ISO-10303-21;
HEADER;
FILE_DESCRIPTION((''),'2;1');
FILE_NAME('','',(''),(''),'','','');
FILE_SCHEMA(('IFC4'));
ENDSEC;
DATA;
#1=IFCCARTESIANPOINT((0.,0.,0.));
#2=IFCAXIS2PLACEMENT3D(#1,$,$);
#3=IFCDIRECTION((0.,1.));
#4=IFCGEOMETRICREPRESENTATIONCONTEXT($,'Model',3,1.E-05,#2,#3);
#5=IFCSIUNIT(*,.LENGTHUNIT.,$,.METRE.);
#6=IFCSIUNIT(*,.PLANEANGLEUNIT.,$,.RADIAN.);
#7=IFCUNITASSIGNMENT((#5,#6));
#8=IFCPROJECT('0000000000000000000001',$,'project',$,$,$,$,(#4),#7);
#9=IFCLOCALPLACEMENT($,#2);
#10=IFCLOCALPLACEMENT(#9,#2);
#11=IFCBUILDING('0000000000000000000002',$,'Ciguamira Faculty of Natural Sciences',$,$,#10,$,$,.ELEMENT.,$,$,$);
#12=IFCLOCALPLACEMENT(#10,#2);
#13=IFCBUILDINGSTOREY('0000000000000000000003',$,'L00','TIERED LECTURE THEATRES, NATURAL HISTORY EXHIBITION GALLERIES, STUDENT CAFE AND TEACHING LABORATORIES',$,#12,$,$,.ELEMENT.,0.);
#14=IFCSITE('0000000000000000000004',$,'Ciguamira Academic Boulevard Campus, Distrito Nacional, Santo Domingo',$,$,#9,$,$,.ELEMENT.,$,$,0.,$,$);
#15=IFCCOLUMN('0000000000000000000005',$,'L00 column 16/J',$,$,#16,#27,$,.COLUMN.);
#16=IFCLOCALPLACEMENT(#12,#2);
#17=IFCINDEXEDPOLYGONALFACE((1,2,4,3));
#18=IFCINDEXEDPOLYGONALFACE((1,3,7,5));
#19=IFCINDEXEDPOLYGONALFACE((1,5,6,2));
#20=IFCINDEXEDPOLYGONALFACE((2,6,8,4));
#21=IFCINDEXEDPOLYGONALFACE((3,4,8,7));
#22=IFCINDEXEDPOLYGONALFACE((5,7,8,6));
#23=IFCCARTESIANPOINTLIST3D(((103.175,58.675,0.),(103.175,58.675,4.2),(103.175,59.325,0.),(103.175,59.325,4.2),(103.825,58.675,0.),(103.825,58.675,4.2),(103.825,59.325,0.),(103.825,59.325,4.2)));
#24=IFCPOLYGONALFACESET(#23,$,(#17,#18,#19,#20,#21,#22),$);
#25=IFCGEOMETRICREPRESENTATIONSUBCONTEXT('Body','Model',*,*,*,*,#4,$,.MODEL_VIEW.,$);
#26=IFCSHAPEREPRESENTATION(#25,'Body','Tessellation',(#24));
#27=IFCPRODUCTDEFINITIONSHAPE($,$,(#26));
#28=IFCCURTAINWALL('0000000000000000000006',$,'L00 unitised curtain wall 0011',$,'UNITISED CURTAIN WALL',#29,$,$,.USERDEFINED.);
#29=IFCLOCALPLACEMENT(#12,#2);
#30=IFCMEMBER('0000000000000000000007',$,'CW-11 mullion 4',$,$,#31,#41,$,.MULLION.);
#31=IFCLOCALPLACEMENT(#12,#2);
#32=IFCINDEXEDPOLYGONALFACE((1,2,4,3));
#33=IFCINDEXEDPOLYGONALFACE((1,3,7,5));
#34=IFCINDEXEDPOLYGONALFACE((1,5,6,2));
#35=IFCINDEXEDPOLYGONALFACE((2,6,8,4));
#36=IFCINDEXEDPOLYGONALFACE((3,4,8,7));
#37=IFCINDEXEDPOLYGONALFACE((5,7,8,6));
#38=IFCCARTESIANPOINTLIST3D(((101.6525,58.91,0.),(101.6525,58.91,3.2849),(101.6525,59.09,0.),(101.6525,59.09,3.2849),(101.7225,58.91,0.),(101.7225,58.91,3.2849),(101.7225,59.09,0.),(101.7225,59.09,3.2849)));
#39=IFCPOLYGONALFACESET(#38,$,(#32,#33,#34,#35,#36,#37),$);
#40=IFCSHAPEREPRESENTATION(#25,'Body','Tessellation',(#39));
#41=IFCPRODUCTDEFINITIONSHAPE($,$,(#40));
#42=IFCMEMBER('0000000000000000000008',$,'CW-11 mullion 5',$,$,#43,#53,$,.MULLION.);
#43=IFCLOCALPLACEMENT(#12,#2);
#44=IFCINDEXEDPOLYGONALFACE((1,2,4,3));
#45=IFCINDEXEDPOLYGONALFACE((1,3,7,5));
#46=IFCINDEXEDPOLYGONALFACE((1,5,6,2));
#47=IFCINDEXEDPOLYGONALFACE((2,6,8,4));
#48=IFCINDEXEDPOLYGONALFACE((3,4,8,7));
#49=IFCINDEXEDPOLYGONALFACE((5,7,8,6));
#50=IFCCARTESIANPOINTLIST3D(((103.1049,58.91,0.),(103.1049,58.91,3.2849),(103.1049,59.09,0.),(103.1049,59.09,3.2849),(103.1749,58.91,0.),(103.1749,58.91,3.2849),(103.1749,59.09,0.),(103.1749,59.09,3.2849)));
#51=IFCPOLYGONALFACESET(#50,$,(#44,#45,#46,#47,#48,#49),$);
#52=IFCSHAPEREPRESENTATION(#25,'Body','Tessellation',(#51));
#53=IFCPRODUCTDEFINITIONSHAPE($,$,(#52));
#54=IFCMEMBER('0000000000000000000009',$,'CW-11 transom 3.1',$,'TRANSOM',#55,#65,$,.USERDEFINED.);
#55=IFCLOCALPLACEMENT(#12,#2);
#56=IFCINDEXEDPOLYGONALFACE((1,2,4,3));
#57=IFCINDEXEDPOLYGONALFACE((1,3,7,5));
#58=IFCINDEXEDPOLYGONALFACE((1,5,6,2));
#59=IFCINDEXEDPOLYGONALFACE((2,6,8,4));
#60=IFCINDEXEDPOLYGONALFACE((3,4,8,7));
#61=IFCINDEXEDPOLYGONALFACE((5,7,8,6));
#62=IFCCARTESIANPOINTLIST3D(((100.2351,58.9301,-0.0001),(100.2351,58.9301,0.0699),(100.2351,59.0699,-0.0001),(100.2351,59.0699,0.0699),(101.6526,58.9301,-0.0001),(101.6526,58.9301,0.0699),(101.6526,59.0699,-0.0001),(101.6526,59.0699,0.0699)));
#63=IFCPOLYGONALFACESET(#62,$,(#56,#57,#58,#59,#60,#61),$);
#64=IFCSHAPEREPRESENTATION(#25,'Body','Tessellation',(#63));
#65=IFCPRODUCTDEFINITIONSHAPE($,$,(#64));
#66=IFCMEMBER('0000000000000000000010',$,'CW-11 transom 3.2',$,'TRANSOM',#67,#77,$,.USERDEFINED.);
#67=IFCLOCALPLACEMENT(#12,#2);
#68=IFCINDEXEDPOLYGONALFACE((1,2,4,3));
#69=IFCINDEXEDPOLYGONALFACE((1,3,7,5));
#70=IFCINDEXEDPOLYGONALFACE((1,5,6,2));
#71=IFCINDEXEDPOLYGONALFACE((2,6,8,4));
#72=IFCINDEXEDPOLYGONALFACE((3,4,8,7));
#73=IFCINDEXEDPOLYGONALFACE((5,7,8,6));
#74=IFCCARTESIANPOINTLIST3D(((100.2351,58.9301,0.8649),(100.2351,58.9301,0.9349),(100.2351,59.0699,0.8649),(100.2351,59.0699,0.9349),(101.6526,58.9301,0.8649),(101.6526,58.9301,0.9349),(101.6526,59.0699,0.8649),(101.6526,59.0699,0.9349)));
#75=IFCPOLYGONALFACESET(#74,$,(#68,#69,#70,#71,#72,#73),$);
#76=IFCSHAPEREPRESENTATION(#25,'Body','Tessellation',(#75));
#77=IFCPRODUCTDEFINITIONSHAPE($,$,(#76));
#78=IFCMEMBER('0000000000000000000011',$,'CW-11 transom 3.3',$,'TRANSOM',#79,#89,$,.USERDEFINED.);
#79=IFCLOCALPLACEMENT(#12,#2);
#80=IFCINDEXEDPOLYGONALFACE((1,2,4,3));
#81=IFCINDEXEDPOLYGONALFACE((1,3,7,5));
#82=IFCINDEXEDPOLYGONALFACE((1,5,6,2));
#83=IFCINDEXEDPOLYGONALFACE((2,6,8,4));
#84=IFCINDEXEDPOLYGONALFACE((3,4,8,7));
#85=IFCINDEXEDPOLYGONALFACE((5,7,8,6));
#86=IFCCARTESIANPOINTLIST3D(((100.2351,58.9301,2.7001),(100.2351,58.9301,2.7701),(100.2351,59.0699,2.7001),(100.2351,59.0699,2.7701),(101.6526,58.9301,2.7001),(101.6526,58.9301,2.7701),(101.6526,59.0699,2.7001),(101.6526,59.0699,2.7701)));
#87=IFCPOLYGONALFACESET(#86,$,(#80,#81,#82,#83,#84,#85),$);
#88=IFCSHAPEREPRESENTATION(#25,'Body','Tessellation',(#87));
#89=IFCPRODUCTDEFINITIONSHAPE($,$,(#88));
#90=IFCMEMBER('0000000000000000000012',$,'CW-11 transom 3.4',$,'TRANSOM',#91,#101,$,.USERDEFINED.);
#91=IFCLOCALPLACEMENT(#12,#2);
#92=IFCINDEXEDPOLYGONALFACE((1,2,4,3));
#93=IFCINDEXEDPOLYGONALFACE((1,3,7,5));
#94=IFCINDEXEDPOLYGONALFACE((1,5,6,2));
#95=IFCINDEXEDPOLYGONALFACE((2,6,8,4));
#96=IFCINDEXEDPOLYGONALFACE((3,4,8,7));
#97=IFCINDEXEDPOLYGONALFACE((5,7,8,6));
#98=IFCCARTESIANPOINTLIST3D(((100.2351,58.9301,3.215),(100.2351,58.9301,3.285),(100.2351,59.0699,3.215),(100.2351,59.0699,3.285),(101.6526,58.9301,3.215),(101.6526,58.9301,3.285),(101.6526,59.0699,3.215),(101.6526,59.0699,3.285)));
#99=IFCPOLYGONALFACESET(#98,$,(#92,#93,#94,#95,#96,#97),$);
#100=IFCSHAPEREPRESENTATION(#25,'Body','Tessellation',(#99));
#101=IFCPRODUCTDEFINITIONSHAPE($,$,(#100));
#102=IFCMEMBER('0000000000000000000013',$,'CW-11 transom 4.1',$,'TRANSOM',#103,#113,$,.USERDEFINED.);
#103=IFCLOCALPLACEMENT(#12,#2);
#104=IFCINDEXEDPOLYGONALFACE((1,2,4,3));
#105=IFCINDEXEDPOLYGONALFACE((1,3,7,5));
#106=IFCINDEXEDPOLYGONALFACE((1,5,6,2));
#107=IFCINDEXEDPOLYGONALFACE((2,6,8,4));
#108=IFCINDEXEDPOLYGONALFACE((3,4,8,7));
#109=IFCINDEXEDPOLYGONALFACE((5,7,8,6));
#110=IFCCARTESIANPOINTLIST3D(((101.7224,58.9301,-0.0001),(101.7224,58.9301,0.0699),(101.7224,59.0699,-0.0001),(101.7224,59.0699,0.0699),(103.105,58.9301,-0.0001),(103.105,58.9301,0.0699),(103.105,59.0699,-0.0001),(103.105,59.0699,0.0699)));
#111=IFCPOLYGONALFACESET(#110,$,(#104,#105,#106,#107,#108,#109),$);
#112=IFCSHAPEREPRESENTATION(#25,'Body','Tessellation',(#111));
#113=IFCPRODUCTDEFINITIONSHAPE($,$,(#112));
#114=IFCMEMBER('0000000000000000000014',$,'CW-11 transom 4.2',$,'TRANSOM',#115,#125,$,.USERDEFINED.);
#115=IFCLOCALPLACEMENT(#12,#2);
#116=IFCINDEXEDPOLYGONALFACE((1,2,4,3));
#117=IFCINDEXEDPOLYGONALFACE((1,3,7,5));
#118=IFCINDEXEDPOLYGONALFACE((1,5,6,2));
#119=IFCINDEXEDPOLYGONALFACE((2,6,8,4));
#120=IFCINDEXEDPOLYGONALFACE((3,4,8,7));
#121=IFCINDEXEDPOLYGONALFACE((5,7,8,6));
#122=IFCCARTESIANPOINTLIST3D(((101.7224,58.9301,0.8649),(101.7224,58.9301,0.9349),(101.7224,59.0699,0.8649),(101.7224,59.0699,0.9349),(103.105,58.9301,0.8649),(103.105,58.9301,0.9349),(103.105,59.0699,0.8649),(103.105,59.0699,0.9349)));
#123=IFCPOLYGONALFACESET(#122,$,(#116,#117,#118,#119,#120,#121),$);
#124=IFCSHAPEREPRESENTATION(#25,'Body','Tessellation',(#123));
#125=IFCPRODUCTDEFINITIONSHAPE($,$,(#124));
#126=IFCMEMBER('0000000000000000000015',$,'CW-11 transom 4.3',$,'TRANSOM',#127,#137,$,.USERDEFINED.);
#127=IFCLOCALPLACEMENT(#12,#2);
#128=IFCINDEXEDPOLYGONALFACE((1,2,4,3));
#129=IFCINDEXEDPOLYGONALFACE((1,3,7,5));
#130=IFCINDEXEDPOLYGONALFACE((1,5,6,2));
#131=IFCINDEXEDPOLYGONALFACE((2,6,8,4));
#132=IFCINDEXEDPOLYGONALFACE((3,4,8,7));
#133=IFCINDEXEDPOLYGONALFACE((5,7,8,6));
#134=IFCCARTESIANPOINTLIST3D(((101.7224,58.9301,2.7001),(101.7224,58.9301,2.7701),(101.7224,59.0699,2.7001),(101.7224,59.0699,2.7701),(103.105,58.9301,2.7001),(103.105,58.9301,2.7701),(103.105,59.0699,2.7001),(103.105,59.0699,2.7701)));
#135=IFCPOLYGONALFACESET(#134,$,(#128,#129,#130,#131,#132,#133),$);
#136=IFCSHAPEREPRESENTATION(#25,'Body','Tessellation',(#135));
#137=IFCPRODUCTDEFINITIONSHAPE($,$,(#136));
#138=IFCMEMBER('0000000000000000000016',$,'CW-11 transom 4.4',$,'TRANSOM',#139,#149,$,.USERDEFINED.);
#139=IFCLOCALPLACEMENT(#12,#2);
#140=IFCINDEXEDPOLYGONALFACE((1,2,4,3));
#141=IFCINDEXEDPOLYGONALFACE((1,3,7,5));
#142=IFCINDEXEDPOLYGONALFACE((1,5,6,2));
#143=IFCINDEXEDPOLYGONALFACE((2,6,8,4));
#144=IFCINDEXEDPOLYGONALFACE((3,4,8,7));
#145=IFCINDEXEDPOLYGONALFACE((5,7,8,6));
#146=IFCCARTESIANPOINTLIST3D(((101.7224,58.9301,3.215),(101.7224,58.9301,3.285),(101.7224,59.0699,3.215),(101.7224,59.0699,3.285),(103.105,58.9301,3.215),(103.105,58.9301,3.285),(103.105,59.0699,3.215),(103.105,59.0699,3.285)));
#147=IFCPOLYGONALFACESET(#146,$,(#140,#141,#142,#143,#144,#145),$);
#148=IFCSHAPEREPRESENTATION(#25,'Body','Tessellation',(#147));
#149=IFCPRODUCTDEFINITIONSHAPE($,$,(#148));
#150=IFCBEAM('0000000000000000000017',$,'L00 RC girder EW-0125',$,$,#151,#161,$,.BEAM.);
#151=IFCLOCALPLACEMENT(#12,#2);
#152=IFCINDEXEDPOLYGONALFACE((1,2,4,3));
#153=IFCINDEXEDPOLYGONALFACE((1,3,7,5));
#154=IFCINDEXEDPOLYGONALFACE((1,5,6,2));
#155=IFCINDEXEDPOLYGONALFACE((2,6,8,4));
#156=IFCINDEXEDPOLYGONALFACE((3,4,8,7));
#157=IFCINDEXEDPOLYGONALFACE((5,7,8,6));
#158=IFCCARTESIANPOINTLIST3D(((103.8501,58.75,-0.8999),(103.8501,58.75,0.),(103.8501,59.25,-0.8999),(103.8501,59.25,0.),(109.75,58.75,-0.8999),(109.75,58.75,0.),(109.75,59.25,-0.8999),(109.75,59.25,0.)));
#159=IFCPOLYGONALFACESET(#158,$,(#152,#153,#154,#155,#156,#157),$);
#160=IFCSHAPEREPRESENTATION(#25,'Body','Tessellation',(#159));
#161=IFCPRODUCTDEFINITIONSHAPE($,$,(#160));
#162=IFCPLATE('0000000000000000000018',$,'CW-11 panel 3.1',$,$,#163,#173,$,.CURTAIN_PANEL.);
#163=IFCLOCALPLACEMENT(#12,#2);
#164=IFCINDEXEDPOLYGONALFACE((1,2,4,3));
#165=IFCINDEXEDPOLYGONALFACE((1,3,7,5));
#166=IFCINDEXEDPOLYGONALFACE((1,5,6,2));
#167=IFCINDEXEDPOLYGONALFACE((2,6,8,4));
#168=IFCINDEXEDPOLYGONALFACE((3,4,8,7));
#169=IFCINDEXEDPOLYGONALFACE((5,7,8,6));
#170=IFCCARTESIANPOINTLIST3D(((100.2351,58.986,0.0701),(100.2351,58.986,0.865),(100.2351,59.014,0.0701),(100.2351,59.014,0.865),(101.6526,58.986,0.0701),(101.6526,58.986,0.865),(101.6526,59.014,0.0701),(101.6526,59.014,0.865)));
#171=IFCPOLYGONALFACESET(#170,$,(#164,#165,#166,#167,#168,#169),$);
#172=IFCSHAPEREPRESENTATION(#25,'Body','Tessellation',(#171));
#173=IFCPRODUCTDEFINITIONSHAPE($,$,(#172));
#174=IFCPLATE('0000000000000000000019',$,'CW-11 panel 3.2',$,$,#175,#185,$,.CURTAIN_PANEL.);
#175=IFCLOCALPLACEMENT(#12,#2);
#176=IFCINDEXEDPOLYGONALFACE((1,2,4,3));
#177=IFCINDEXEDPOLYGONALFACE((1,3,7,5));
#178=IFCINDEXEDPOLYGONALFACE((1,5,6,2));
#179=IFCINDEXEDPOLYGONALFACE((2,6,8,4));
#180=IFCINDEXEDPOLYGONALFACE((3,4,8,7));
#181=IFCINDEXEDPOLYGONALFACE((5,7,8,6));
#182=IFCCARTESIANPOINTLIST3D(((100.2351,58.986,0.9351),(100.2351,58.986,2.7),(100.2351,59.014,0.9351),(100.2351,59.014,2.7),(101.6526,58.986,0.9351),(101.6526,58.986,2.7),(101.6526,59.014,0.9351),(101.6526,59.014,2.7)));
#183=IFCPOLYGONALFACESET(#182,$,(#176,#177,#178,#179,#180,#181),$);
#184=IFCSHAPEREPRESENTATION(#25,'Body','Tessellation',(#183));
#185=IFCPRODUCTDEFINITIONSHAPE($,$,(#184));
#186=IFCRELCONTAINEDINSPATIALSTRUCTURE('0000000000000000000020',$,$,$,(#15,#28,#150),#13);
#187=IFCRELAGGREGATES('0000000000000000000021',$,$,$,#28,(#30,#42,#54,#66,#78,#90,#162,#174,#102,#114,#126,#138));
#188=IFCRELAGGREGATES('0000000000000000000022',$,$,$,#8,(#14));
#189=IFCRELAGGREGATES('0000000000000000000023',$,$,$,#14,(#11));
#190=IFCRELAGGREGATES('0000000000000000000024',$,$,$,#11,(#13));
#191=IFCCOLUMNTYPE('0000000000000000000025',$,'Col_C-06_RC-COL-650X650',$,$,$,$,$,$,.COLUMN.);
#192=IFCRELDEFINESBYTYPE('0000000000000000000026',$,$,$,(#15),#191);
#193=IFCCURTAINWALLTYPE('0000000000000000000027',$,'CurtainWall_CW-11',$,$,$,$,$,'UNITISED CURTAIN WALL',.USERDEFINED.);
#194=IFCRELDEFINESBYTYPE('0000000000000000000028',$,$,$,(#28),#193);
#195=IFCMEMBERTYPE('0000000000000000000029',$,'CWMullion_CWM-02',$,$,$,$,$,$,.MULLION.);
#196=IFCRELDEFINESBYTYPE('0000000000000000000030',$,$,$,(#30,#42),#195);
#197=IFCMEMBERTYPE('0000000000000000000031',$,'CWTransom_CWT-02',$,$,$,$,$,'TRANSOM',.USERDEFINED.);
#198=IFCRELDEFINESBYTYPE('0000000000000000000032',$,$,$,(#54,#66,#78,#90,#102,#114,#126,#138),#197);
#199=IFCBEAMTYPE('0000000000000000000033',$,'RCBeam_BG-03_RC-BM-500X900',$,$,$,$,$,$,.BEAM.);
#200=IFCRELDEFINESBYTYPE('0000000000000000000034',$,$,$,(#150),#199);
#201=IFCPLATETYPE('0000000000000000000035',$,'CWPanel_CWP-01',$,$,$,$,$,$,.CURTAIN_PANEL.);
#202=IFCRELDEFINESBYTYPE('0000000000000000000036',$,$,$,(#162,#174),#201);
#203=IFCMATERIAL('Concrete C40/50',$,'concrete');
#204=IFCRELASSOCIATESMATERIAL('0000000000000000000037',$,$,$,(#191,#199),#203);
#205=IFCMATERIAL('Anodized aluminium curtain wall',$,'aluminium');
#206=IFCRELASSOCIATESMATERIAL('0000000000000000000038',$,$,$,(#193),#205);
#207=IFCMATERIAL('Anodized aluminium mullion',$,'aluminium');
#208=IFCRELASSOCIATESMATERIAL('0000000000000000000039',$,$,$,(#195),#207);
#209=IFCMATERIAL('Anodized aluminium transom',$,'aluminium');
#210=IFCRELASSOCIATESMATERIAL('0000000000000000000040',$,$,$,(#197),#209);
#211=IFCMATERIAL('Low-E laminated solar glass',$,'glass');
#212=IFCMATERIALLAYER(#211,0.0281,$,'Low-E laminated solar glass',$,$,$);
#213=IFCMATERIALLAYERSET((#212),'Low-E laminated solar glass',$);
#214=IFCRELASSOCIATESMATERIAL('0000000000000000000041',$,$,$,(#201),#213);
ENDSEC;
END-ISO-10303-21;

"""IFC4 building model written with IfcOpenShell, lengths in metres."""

from ifc_helpers import new_model, si_unit, direction, frame, origin, origin_2d, place, context, subcontext, project, spatial, rectangle, extrude, material, layer, layer_set, material_profile, profile_set, type_object, element, aggregate, save


model = new_model("IFC4")

# Units and contexts
model_context = context("Model", 3, precision=1e-05, world=origin(), true_north=direction((0.0, 1.0)))
body_context = subcontext(model_context, "Body", "Model", "MODEL_VIEW")
ifc_project = project(units=[si_unit("LENGTHUNIT", "METRE"), si_unit("PLANEANGLEUNIT", "RADIAN")], contexts=[model_context])

# Site, building, storey
site_placement = place(None, origin())
site = spatial("IfcSite", under=ifc_project, at=site_placement, Name="Ciguamira Academic Boulevard Campus, Distrito Nacional, Santo Domingo", CompositionType="ELEMENT", RefElevation=0.0)
building_placement = place(site_placement, origin())
building = spatial("IfcBuilding", under=site, at=building_placement, Name="Ciguamira Faculty of Natural Sciences", CompositionType="ELEMENT")
storey_placement = place(building_placement, origin())
storey = spatial("IfcBuildingStorey", under=building, at=storey_placement, Name="L00", Description="TIERED LECTURE THEATRES, NATURAL HISTORY EXHIBITION GALLERIES, STUDENT CAFE AND TEACHING LABORATORIES", CompositionType="ELEMENT", Elevation=0.0)

# Column
ifc_material_1 = material(Name="Concrete C40/50", Category="concrete")
ifc_material_profile_1 = material_profile(ifc_material_1, rectangle(XDim=0.6499, YDim=0.6499, at=origin_2d()), Name="RC-COL-650X650")
ifc_profile_set_1 = profile_set([ifc_material_profile_1], Name="Concrete C40/50")
column_type = type_object("IfcColumnType", Name="Col_C-06_RC-COL-650X650", PredefinedType="COLUMN", material=ifc_profile_set_1)
column_placement = place(storey_placement, frame((103.5, 59.0, 0.0), z_axis=(0.0, 0.0, 1.0), x_axis=(1.0, 0.0, 0.0)))
element("IfcColumn", 1, at=column_placement, inside=storey, type_object=column_type, Name="L00 column 16/J", PredefinedType="COLUMN", context=body_context, shape_type="SweptSolid", body=[
    extrude(rectangle(XDim=0.6499, YDim=0.6499, at=origin_2d()), origin(), (0.0, 0.0, 1.0), 4.2),
])

# Curtain wall, members
ifc_material_2 = material(Name="Anodized aluminium curtain wall", Category="aluminium")
curtain_wall_type = type_object("IfcCurtainWallType", Name="CurtainWall_CW-11", ElementType="UNITISED CURTAIN WALL", PredefinedType="USERDEFINED", material=ifc_material_2)
curtain_wall_placement = place(storey_placement, origin())
curtain_wall = element("IfcCurtainWall", 2, at=curtain_wall_placement, inside=storey, type_object=curtain_wall_type, Name="L00 unitised curtain wall 0011", ObjectType="UNITISED CURTAIN WALL", PredefinedType="USERDEFINED")
ifc_material_3 = material(Name="Anodized aluminium mullion", Category="aluminium")
ifc_material_profile_2 = material_profile(ifc_material_3, rectangle(XDim=0.0701, YDim=0.1799, at=origin_2d()), Name="ALU-MUL-70X180")
ifc_profile_set_2 = profile_set([ifc_material_profile_2], Name="Anodized aluminium mullion")
member_type_1 = type_object("IfcMemberType", Name="CWMullion_CWM-02", PredefinedType="MULLION", material=ifc_profile_set_2)
member_1_placement = place(storey_placement, frame((101.6875, 59.0, 0.0), z_axis=(0.0, 0.0, 1.0), x_axis=(1.0, 0.0, 0.0)))
member_1 = element("IfcMember", 3, at=member_1_placement, type_object=member_type_1, Name="CW-11 mullion 4", PredefinedType="MULLION", context=body_context, shape_type="SweptSolid", body=[
    extrude(rectangle(XDim=0.0701, YDim=0.1799, at=origin_2d()), origin(), (0.0, 0.0, 1.0), 3.2849),
])
member_2_placement = place(storey_placement, frame((103.1399, 59.0, 0.0), z_axis=(0.0, 0.0, 1.0), x_axis=(1.0, 0.0, 0.0)))
member_2 = element("IfcMember", 4, at=member_2_placement, type_object=member_type_1, Name="CW-11 mullion 5", PredefinedType="MULLION", context=body_context, shape_type="SweptSolid", body=[
    extrude(rectangle(XDim=0.0701, YDim=0.1799, at=origin_2d()), origin(), (0.0, 0.0, 1.0), 3.2849),
])
ifc_material_4 = material(Name="Anodized aluminium transom", Category="aluminium")
ifc_material_profile_3 = material_profile(ifc_material_4, rectangle(XDim=0.0701, YDim=0.1399, at=origin_2d()), Name="ALU-TRN-70X140")
ifc_profile_set_3 = profile_set([ifc_material_profile_3], Name="Anodized aluminium transom")
member_type_2 = type_object("IfcMemberType", Name="CWTransom_CWT-02", ElementType="TRANSOM", PredefinedType="USERDEFINED", material=ifc_profile_set_3)
member_3_placement = place(storey_placement, frame((100.2351, 59.0, 0.0349), z_axis=(1.0, 0.0, 0.0), x_axis=(0.0, 0.0, 1.0)))
member_3 = element("IfcMember", 5, at=member_3_placement, type_object=member_type_2, Name="CW-11 transom 3.1", ObjectType="TRANSOM", PredefinedType="USERDEFINED", context=body_context, shape_type="SweptSolid", body=[
    extrude(rectangle(XDim=0.0701, YDim=0.1399, at=origin_2d()), origin(), (0.0, 0.0, 1.0), 1.4175),
])
member_4_placement = place(storey_placement, frame((100.2351, 59.0, 0.8999), z_axis=(1.0, 0.0, 0.0), x_axis=(0.0, 0.0, 1.0)))
member_4 = element("IfcMember", 6, at=member_4_placement, type_object=member_type_2, Name="CW-11 transom 3.2", ObjectType="TRANSOM", PredefinedType="USERDEFINED", context=body_context, shape_type="SweptSolid", body=[
    extrude(rectangle(XDim=0.0701, YDim=0.1399, at=origin_2d()), origin(), (0.0, 0.0, 1.0), 1.4175),
])
member_5_placement = place(storey_placement, frame((100.2351, 59.0, 2.7351), z_axis=(1.0, 0.0, 0.0), x_axis=(0.0, 0.0, 1.0)))
member_5 = element("IfcMember", 7, at=member_5_placement, type_object=member_type_2, Name="CW-11 transom 3.3", ObjectType="TRANSOM", PredefinedType="USERDEFINED", context=body_context, shape_type="SweptSolid", body=[
    extrude(rectangle(XDim=0.0701, YDim=0.1399, at=origin_2d()), origin(), (0.0, 0.0, 1.0), 1.4175),
])
member_6_placement = place(storey_placement, frame((100.2351, 59.0, 3.25), z_axis=(1.0, 0.0, 0.0), x_axis=(0.0, 0.0, 1.0)))
member_6 = element("IfcMember", 8, at=member_6_placement, type_object=member_type_2, Name="CW-11 transom 3.4", ObjectType="TRANSOM", PredefinedType="USERDEFINED", context=body_context, shape_type="SweptSolid", body=[
    extrude(rectangle(XDim=0.0701, YDim=0.1399, at=origin_2d()), origin(), (0.0, 0.0, 1.0), 1.4175),
])
member_7_placement = place(storey_placement, frame((101.7224, 59.0, 0.0349), z_axis=(1.0, 0.0, 0.0), x_axis=(0.0, 0.0, 1.0)))
member_7 = element("IfcMember", 9, at=member_7_placement, type_object=member_type_2, Name="CW-11 transom 4.1", ObjectType="TRANSOM", PredefinedType="USERDEFINED", context=body_context, shape_type="SweptSolid", body=[
    extrude(rectangle(XDim=0.0701, YDim=0.1399, at=origin_2d()), origin(), (0.0, 0.0, 1.0), 1.3826),
])
member_8_placement = place(storey_placement, frame((101.7224, 59.0, 0.8999), z_axis=(1.0, 0.0, 0.0), x_axis=(0.0, 0.0, 1.0)))
member_8 = element("IfcMember", 10, at=member_8_placement, type_object=member_type_2, Name="CW-11 transom 4.2", ObjectType="TRANSOM", PredefinedType="USERDEFINED", context=body_context, shape_type="SweptSolid", body=[
    extrude(rectangle(XDim=0.0701, YDim=0.1399, at=origin_2d()), origin(), (0.0, 0.0, 1.0), 1.3826),
])
member_9_placement = place(storey_placement, frame((101.7224, 59.0, 2.7351), z_axis=(1.0, 0.0, 0.0), x_axis=(0.0, 0.0, 1.0)))
member_9 = element("IfcMember", 11, at=member_9_placement, type_object=member_type_2, Name="CW-11 transom 4.3", ObjectType="TRANSOM", PredefinedType="USERDEFINED", context=body_context, shape_type="SweptSolid", body=[
    extrude(rectangle(XDim=0.0701, YDim=0.1399, at=origin_2d()), origin(), (0.0, 0.0, 1.0), 1.3826),
])
member_10_placement = place(storey_placement, frame((101.7224, 59.0, 3.25), z_axis=(1.0, 0.0, 0.0), x_axis=(0.0, 0.0, 1.0)))
member_10 = element("IfcMember", 12, at=member_10_placement, type_object=member_type_2, Name="CW-11 transom 4.4", ObjectType="TRANSOM", PredefinedType="USERDEFINED", context=body_context, shape_type="SweptSolid", body=[
    extrude(rectangle(XDim=0.0701, YDim=0.1399, at=origin_2d()), origin(), (0.0, 0.0, 1.0), 1.3826),
])

# Beam
ifc_material_profile_4 = material_profile(ifc_material_1, rectangle(XDim=0.5, YDim=0.8999, at=origin_2d()), Name="RC-BM-500X900")
ifc_profile_set_4 = profile_set([ifc_material_profile_4], Name="Concrete C40/50")
beam_type = type_object("IfcBeamType", Name="RCBeam_BG-03_RC-BM-500X900", PredefinedType="BEAM", material=ifc_profile_set_4)
beam_placement = place(storey_placement, frame((103.8501, 59.0, -0.45), z_axis=(1.0, 0.0, 0.0), x_axis=(0.0, 1.0, 0.0)))
element("IfcBeam", 13, at=beam_placement, inside=storey, type_object=beam_type, Name="L00 RC girder EW-0125", PredefinedType="BEAM", context=body_context, shape_type="SweptSolid", body=[
    extrude(rectangle(XDim=0.5, YDim=0.8999, at=origin_2d()), origin(), (0.0, 0.0, 1.0), 5.8999),
])

# Plates
ifc_material_5 = material(Name="Low-E laminated solar glass", Category="glass")
ifc_layer_1 = layer(ifc_material_5, 0.0281, Name="Low-E laminated solar glass")
ifc_layer_set_1 = layer_set([ifc_layer_1], Name="Low-E laminated solar glass")
plate_type = type_object("IfcPlateType", Name="CWPanel_CWP-01", PredefinedType="CURTAIN_PANEL", material=ifc_layer_set_1)
plate_1_placement = place(storey_placement, frame((100.9438, 59.0, 0.0701), z_axis=(0.0, 0.0, 1.0), x_axis=(1.0, 0.0, 0.0)))
plate_1 = element("IfcPlate", 14, at=plate_1_placement, type_object=plate_type, Name="CW-11 panel 3.1", PredefinedType="CURTAIN_PANEL", context=body_context, shape_type="SweptSolid", body=[
    extrude(rectangle(XDim=1.4175, YDim=0.0281, at=origin_2d()), origin(), (0.0, 0.0, 1.0), 0.7949),
])
plate_2_placement = place(storey_placement, frame((100.9438, 59.0, 0.9351), z_axis=(0.0, 0.0, 1.0), x_axis=(1.0, 0.0, 0.0)))
plate_2 = element("IfcPlate", 15, at=plate_2_placement, type_object=plate_type, Name="CW-11 panel 3.2", PredefinedType="CURTAIN_PANEL", context=body_context, shape_type="SweptSolid", body=[
    extrude(rectangle(XDim=1.4175, YDim=0.0281, at=origin_2d()), origin(), (0.0, 0.0, 1.0), 1.7649),
])
aggregate(curtain_wall, [member_1, member_2, member_3, member_4, member_5, member_6, plate_1, plate_2, member_7, member_8, member_9, member_10])

save(model, "model.ifc")
